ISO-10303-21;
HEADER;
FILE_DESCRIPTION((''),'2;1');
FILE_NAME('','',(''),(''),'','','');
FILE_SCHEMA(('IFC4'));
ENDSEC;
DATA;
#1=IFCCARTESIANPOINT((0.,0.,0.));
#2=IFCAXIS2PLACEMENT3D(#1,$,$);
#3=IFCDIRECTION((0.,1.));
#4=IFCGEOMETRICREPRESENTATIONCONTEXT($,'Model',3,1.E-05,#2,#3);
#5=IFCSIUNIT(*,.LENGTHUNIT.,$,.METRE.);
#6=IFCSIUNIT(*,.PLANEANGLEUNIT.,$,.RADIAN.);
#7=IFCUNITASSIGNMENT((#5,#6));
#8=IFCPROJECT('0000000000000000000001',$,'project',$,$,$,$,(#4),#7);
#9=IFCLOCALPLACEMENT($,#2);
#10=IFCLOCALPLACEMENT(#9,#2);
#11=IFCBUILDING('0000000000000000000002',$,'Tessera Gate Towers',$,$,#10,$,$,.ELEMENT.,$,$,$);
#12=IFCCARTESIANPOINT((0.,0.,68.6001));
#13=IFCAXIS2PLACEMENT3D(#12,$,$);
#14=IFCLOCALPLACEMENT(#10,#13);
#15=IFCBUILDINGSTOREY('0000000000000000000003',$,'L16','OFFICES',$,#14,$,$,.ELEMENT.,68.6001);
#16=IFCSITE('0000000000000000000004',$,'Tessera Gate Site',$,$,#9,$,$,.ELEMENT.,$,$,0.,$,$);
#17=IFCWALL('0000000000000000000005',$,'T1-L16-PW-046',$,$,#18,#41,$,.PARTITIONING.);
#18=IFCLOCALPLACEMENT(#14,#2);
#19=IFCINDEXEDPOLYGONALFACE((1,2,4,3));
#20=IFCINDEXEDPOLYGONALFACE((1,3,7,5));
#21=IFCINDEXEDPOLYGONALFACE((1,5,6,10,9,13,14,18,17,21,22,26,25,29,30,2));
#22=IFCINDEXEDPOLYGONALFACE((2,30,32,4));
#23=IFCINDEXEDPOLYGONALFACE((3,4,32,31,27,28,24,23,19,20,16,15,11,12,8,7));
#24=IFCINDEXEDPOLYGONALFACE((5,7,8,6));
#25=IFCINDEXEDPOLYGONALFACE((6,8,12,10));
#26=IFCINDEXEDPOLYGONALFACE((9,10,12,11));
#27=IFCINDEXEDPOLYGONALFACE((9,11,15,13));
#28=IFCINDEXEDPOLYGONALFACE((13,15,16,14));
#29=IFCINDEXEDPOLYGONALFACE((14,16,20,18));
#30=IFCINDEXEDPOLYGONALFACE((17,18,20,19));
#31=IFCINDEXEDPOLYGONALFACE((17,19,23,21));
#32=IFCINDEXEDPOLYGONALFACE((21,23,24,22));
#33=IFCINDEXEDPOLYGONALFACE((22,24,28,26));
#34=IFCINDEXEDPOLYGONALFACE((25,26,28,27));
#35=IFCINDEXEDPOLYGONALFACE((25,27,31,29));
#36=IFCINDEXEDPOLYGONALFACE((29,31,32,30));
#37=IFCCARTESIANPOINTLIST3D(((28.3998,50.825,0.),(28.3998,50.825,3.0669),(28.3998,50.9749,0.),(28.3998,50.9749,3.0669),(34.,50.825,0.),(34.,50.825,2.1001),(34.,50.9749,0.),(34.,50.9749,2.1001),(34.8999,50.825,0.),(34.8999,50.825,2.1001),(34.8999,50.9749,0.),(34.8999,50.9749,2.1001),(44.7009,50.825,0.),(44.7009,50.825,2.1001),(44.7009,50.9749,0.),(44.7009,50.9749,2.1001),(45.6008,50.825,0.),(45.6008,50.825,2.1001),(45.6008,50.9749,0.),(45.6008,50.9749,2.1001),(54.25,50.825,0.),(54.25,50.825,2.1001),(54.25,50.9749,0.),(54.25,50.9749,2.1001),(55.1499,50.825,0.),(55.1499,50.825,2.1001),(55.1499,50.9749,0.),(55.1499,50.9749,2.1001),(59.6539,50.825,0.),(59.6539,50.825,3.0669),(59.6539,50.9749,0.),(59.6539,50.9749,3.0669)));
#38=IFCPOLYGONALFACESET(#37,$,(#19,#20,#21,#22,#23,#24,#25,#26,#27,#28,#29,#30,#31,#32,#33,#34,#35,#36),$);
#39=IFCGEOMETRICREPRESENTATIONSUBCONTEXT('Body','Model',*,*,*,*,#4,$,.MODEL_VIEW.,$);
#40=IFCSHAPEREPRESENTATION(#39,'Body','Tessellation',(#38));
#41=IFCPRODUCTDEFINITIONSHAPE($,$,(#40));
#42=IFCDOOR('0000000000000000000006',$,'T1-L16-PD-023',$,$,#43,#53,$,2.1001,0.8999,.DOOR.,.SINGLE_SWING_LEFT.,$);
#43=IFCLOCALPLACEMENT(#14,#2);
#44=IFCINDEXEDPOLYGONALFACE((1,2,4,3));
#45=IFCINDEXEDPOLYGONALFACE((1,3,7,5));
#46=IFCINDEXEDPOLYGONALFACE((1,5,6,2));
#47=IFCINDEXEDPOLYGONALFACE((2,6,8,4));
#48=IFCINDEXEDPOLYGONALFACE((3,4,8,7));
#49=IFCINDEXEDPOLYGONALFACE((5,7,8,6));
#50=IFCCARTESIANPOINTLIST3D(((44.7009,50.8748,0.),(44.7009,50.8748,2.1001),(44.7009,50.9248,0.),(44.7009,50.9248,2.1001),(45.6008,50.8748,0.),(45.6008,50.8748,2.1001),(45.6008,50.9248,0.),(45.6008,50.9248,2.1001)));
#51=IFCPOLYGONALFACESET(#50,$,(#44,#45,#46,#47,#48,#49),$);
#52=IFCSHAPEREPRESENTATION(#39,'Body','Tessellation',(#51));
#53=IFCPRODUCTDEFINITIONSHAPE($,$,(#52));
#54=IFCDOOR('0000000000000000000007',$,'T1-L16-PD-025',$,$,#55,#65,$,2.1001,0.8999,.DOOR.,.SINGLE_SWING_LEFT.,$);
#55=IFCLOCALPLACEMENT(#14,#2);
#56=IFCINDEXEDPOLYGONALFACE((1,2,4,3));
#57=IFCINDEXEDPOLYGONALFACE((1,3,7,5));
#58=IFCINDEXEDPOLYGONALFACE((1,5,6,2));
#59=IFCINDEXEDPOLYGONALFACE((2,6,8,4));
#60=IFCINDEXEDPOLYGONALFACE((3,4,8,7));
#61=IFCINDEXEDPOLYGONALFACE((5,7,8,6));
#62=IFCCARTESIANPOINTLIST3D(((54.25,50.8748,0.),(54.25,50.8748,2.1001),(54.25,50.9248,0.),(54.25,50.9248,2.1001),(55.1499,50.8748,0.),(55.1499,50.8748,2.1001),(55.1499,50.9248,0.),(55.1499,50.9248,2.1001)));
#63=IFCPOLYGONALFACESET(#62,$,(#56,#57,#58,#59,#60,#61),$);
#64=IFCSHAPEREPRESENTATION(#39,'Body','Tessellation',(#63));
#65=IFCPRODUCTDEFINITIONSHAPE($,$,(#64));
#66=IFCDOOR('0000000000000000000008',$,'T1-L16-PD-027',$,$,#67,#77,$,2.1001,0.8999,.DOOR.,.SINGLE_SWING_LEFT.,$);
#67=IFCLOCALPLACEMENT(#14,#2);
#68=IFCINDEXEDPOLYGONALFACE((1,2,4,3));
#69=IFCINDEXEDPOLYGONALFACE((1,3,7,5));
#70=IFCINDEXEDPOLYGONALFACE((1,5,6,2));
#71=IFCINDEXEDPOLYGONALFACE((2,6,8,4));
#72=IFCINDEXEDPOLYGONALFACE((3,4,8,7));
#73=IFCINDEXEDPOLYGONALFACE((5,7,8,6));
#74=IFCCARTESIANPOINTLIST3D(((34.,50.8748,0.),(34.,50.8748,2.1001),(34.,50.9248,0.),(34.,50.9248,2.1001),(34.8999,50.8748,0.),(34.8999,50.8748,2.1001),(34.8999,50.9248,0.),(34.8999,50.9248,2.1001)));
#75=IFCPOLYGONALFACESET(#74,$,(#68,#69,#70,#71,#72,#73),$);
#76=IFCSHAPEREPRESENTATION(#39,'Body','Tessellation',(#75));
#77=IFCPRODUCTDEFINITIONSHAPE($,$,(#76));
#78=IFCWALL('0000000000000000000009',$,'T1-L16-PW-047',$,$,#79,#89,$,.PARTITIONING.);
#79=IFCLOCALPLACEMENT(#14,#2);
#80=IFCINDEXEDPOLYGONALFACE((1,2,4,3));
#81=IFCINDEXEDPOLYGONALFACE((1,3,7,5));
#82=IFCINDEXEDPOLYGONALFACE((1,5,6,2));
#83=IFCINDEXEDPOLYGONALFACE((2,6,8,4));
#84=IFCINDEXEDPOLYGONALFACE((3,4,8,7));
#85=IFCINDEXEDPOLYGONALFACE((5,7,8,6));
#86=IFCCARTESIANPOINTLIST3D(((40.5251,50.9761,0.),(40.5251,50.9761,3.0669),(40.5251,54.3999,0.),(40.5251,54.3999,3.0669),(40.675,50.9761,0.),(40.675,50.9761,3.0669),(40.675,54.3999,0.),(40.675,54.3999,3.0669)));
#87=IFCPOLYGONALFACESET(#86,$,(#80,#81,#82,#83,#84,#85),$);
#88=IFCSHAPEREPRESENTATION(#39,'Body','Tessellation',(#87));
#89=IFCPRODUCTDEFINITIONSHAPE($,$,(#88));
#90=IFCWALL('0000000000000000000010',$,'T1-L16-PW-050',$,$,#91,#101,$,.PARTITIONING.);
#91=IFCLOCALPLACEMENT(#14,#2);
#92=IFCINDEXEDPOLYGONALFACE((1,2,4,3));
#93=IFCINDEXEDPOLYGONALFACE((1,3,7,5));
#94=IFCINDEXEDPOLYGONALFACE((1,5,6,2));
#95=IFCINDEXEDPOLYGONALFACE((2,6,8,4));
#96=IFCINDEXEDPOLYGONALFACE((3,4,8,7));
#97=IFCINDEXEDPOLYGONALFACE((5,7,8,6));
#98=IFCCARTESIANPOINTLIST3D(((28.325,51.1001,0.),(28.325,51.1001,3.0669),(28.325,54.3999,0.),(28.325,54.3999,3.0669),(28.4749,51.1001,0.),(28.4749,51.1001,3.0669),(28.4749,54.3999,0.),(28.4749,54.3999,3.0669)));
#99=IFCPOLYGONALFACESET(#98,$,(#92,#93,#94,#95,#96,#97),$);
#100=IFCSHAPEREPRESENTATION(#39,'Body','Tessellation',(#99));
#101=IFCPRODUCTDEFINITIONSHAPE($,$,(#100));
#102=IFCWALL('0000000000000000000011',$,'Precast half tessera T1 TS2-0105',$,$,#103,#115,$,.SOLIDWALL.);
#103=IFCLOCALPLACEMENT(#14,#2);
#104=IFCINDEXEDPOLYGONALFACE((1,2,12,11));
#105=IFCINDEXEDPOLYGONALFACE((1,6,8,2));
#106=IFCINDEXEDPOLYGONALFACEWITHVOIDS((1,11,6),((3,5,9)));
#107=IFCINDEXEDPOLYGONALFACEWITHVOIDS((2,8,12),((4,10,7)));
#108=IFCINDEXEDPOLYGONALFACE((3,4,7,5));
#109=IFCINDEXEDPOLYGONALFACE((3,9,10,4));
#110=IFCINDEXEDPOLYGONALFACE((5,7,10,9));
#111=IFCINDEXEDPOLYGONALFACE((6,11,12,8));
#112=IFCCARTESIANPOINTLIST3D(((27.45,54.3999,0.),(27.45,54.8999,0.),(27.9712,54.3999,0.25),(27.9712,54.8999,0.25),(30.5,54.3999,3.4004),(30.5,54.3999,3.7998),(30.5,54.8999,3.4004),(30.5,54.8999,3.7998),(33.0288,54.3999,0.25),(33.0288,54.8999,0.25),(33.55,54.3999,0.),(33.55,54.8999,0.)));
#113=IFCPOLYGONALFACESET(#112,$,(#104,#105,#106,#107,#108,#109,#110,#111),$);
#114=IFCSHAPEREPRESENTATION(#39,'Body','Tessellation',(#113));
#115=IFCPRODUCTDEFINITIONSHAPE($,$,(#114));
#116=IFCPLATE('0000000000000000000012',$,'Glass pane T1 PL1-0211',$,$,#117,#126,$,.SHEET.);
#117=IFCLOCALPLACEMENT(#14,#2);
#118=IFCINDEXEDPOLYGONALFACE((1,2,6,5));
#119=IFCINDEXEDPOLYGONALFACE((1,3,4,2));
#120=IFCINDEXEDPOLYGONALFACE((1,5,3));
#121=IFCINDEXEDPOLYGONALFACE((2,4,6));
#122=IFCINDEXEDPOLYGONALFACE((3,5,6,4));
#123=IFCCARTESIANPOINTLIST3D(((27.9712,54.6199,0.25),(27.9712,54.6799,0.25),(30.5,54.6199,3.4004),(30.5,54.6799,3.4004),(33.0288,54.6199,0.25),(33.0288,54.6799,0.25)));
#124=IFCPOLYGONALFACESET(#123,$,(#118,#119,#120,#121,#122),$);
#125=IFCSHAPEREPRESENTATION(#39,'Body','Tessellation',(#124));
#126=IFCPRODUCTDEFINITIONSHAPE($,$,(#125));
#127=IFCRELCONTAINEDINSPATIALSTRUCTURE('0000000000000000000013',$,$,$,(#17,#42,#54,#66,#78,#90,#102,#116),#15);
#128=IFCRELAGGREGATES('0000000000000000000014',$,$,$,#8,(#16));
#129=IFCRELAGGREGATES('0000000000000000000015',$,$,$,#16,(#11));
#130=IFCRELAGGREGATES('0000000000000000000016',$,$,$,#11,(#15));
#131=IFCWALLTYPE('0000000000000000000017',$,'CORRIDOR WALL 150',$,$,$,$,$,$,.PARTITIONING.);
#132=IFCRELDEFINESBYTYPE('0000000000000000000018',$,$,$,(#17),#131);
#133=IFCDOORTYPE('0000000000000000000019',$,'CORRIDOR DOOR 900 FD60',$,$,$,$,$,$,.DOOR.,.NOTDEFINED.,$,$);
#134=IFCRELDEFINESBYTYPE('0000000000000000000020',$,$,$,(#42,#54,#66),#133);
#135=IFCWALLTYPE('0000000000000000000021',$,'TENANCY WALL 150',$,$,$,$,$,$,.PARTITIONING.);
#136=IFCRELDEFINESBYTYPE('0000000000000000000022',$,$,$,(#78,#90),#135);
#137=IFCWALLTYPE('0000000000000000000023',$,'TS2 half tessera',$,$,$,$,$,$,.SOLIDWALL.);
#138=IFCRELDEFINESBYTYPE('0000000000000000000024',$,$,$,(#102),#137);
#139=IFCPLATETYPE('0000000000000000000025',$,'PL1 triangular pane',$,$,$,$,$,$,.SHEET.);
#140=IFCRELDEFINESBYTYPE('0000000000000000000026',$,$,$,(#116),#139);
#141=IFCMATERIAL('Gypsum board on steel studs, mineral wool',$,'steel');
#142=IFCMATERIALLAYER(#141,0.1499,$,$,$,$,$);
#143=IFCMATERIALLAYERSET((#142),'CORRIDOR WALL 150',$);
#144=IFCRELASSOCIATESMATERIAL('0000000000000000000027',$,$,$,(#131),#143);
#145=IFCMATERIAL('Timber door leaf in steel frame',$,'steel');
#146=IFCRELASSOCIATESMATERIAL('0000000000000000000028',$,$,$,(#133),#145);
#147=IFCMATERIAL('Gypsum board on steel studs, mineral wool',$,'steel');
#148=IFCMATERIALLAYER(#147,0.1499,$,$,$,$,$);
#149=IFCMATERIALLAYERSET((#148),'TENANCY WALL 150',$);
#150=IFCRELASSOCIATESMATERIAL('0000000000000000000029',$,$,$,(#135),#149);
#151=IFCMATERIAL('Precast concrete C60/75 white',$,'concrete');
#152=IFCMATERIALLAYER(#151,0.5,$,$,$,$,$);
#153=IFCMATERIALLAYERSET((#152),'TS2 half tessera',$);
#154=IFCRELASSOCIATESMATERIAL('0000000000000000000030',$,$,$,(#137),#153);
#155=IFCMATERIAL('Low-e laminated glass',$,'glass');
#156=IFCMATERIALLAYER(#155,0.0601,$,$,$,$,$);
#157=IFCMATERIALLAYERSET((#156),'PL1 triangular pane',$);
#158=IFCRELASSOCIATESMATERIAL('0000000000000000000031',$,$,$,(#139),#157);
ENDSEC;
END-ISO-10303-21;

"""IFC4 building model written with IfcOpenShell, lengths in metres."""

from ifc_helpers import new_model, si_unit, direction, frame, frame_2d, origin, place, context, subcontext, project, spatial, polyline, rectangle, outline, extrude, source, transform, mapped, material, layer, layer_set, type_object, element, fill, save


model = new_model("IFC4")

# Units and contexts
model_context = context("Model", 3, precision=1e-05, world=origin(), true_north=direction((0.0, 1.0)))
body_context = subcontext(model_context, "Body", "Model", "MODEL_VIEW")
ifc_project = project(units=[si_unit("LENGTHUNIT", "METRE"), si_unit("PLANEANGLEUNIT", "RADIAN")], contexts=[model_context])

# Site, building, storey
site_placement = place(None, origin())
site = spatial("IfcSite", under=ifc_project, at=site_placement, Name="Tessera Gate Site", CompositionType="ELEMENT", RefElevation=0.0)
building_placement = place(site_placement, origin())
building = spatial("IfcBuilding", under=site, at=building_placement, Name="Tessera Gate Towers", CompositionType="ELEMENT")
storey_placement = place(building_placement, frame((0.0, 0.0, 68.6001)))
storey = spatial("IfcBuildingStorey", under=building, at=storey_placement, Name="L16", Description="OFFICES", CompositionType="ELEMENT", Elevation=68.6001)

# Shared definitions
ifc_material_1 = material(Name="Gypsum board on steel studs, mineral wool", Category="steel")
ifc_layer_1 = layer(ifc_material_1, 0.1499)
ifc_layer_set_1 = layer_set([ifc_layer_1], Name="CORRIDOR WALL 150")
wall_type_1 = type_object("IfcWallType", Name="CORRIDOR WALL 150", PredefinedType="PARTITIONING", material=ifc_layer_set_1)

# Wall, openings, doors
wall_1_placement = place(storey_placement, frame((28.3999, 50.8999, 0.0), z_axis=(0.0, 0.0, 1.0), x_axis=(1.0, 0.0, 0.0)))
wall_1 = element("IfcWall", 1, at=wall_1_placement, inside=storey, type_object=wall_type_1, Name="T1-L16-PW-046", PredefinedType="PARTITIONING", context=body_context, shape_type="SweptSolid", body=[
    extrude(rectangle(XDim=31.2542, YDim=0.1499, at=frame_2d((15.627, 0.0))), origin(), (0.0, 0.0, 1.0), 3.0669),
])
shared_shape_1 = source(origin(), body_context, "Body", "SweptSolid", [
    extrude(rectangle(XDim=0.8999, YDim=2.1001, at=frame_2d((0.45, 1.05))), frame((0.0, 0.085, 0.0), z_axis=(0.0, -1.0, 0.0), x_axis=(1.0, 0.0, 0.0)), (0.0, 0.0, 1.0), 0.1699),
])
opening_1_placement = place(wall_1_placement, frame((16.301, 0.0, 0.0)))
opening_1 = element("IfcOpeningElement", 2, at=opening_1_placement, cuts=wall_1, PredefinedType="OPENING", context=body_context, shape_type="MappedRepresentation", body=[
    mapped(shared_shape_1, transform((0.0, 0.0, 0.0), scale=1.0)),
])
opening_2_placement = place(wall_1_placement, frame((25.8501, 0.0, 0.0)))
opening_2 = element("IfcOpeningElement", 3, at=opening_2_placement, cuts=wall_1, PredefinedType="OPENING", context=body_context, shape_type="MappedRepresentation", body=[
    mapped(shared_shape_1, transform((0.0, 0.0, 0.0), scale=1.0)),
])
opening_3_placement = place(wall_1_placement, frame((5.6001, 0.0, 0.0)))
opening_3 = element("IfcOpeningElement", 4, at=opening_3_placement, cuts=wall_1, PredefinedType="OPENING", context=body_context, shape_type="MappedRepresentation", body=[
    mapped(shared_shape_1, transform((0.0, 0.0, 0.0), scale=1.0)),
])
ifc_material_2 = material(Name="Timber door leaf in steel frame", Category="steel")
door_type_1 = type_object("IfcDoorType", Name="CORRIDOR DOOR 900 FD60", OperationType="NOTDEFINED", PredefinedType="DOOR", material=ifc_material_2)
shared_shape_2 = source(origin(), body_context, "Body", "SweptSolid", [
    extrude(rectangle(XDim=0.8999, YDim=2.1001, at=frame_2d((0.45, 1.05))), frame((0.0, 0.0249, 0.0), z_axis=(0.0, -1.0, 0.0), x_axis=(1.0, 0.0, 0.0)), (0.0, 0.0, 1.0), 0.05),
])
door_1_placement = place(opening_1_placement, origin())
door_1 = element("IfcDoor", 5, at=door_1_placement, inside=storey, type_object=door_type_1, Name="T1-L16-PD-023", OperationType="SINGLE_SWING_LEFT", OverallHeight=2.1001, OverallWidth=0.8999, PredefinedType="DOOR", context=body_context, shape_type="MappedRepresentation", body=[
    mapped(shared_shape_2, transform((0.0, 0.0, 0.0), scale=1.0)),
])
fill(opening_1, door_1)
door_2_placement = place(opening_2_placement, origin())
door_2 = element("IfcDoor", 6, at=door_2_placement, inside=storey, type_object=door_type_1, Name="T1-L16-PD-025", OperationType="SINGLE_SWING_LEFT", OverallHeight=2.1001, OverallWidth=0.8999, PredefinedType="DOOR", context=body_context, shape_type="MappedRepresentation", body=[
    mapped(shared_shape_2, transform((0.0, 0.0, 0.0), scale=1.0)),
])
fill(opening_2, door_2)
door_3_placement = place(opening_3_placement, origin())
door_3 = element("IfcDoor", 7, at=door_3_placement, inside=storey, type_object=door_type_1, Name="T1-L16-PD-027", OperationType="SINGLE_SWING_LEFT", OverallHeight=2.1001, OverallWidth=0.8999, PredefinedType="DOOR", context=body_context, shape_type="MappedRepresentation", body=[
    mapped(shared_shape_2, transform((0.0, 0.0, 0.0), scale=1.0)),
])
fill(opening_3, door_3)

# Walls
ifc_material_3 = material(Name="Gypsum board on steel studs, mineral wool", Category="steel")
ifc_layer_2 = layer(ifc_material_3, 0.1499)
ifc_layer_set_2 = layer_set([ifc_layer_2], Name="TENANCY WALL 150")
wall_type_2 = type_object("IfcWallType", Name="TENANCY WALL 150", PredefinedType="PARTITIONING", material=ifc_layer_set_2)
wall_2_placement = place(storey_placement, frame((40.6001, 50.9761, 0.0), z_axis=(0.0, 0.0, 1.0), x_axis=(0.0, 1.0, 0.0)))
element("IfcWall", 8, at=wall_2_placement, inside=storey, type_object=wall_type_2, Name="T1-L16-PW-047", PredefinedType="PARTITIONING", context=body_context, shape_type="SweptSolid", body=[
    extrude(rectangle(XDim=3.4238, YDim=0.1499, at=frame_2d((1.7119, 0.0))), origin(), (0.0, 0.0, 1.0), 3.0669),
])
wall_3_placement = place(storey_placement, frame((28.3999, 51.1001, 0.0), z_axis=(0.0, 0.0, 1.0), x_axis=(0.0, 1.0, 0.0)))
element("IfcWall", 9, at=wall_3_placement, inside=storey, type_object=wall_type_2, Name="T1-L16-PW-050", PredefinedType="PARTITIONING", context=body_context, shape_type="SweptSolid", body=[
    extrude(rectangle(XDim=3.2998, YDim=0.1499, at=frame_2d((1.6499, 0.0))), origin(), (0.0, 0.0, 1.0), 3.0669),
])

# Wall, opening, plate
ifc_material_4 = material(Name="Precast concrete C60/75 white", Category="concrete")
ifc_layer_3 = layer(ifc_material_4, 0.5)
ifc_layer_set_3 = layer_set([ifc_layer_3], Name="TS2 half tessera")
wall_type_3 = type_object("IfcWallType", Name="TS2 half tessera", PredefinedType="SOLIDWALL", material=ifc_layer_set_3)
shared_shape_3 = source(origin(), body_context, "Body", "SweptSolid", [
    extrude(outline(polyline([(6.1001, 0.0), (3.05, 3.7998), (0.0, 0.0), (6.1001, 0.0)])), frame((0.0, 0.25, 0.0), z_axis=(0.0, -1.0, 0.0), x_axis=(1.0, 0.0, 0.0)), (0.0, 0.0, 1.0), 0.5),
])
wall_4_placement = place(storey_placement, frame((33.55, 54.6499, 0.0), z_axis=(0.0, 0.0, 1.0), x_axis=(-1.0, 0.0, 0.0)))
wall_4 = element("IfcWall", 10, at=wall_4_placement, inside=storey, type_object=wall_type_3, Name="Precast half tessera T1 TS2-0105", PredefinedType="SOLIDWALL", context=body_context, shape_type="MappedRepresentation", body=[
    mapped(shared_shape_3, transform((0.0, 0.0, 0.0), scale=1.0)),
])
shared_shape_4 = source(origin(), body_context, "Body", "SweptSolid", [
    extrude(outline(polyline([(5.5789, 0.25), (3.05, 3.4004), (0.5212, 0.25), (5.5789, 0.25)])), frame((0.0, 0.26, 0.0), z_axis=(0.0, -1.0, 0.0), x_axis=(1.0, 0.0, 0.0)), (0.0, 0.0, 1.0), 0.52),
])
opening_4_placement = place(wall_4_placement, origin())
opening_4 = element("IfcOpeningElement", 11, at=opening_4_placement, cuts=wall_4, PredefinedType="OPENING", context=body_context, shape_type="MappedRepresentation", body=[
    mapped(shared_shape_4, transform((0.0, 0.0, 0.0), scale=1.0)),
])
ifc_material_5 = material(Name="Low-e laminated glass", Category="glass")
ifc_layer_4 = layer(ifc_material_5, 0.0601)
ifc_layer_set_4 = layer_set([ifc_layer_4], Name="PL1 triangular pane")
plate_type = type_object("IfcPlateType", Name="PL1 triangular pane", PredefinedType="SHEET", material=ifc_layer_set_4)
shared_shape_5 = source(origin(), body_context, "Body", "SweptSolid", [
    extrude(outline(polyline([(5.5789, 0.25), (3.05, 3.4004), (0.5212, 0.25), (5.5789, 0.25)])), frame((0.0, 0.03, 0.0), z_axis=(0.0, -1.0, 0.0), x_axis=(1.0, 0.0, 0.0)), (0.0, 0.0, 1.0), 0.0601),
])
plate_placement = place(opening_4_placement, origin())
plate = element("IfcPlate", 12, at=plate_placement, inside=storey, type_object=plate_type, Name="Glass pane T1 PL1-0211", PredefinedType="SHEET", context=body_context, shape_type="MappedRepresentation", body=[
    mapped(shared_shape_5, transform((0.0, 0.0, 0.0), scale=1.0)),
])
fill(opening_4, plate)

save(model, "model.ifc")
